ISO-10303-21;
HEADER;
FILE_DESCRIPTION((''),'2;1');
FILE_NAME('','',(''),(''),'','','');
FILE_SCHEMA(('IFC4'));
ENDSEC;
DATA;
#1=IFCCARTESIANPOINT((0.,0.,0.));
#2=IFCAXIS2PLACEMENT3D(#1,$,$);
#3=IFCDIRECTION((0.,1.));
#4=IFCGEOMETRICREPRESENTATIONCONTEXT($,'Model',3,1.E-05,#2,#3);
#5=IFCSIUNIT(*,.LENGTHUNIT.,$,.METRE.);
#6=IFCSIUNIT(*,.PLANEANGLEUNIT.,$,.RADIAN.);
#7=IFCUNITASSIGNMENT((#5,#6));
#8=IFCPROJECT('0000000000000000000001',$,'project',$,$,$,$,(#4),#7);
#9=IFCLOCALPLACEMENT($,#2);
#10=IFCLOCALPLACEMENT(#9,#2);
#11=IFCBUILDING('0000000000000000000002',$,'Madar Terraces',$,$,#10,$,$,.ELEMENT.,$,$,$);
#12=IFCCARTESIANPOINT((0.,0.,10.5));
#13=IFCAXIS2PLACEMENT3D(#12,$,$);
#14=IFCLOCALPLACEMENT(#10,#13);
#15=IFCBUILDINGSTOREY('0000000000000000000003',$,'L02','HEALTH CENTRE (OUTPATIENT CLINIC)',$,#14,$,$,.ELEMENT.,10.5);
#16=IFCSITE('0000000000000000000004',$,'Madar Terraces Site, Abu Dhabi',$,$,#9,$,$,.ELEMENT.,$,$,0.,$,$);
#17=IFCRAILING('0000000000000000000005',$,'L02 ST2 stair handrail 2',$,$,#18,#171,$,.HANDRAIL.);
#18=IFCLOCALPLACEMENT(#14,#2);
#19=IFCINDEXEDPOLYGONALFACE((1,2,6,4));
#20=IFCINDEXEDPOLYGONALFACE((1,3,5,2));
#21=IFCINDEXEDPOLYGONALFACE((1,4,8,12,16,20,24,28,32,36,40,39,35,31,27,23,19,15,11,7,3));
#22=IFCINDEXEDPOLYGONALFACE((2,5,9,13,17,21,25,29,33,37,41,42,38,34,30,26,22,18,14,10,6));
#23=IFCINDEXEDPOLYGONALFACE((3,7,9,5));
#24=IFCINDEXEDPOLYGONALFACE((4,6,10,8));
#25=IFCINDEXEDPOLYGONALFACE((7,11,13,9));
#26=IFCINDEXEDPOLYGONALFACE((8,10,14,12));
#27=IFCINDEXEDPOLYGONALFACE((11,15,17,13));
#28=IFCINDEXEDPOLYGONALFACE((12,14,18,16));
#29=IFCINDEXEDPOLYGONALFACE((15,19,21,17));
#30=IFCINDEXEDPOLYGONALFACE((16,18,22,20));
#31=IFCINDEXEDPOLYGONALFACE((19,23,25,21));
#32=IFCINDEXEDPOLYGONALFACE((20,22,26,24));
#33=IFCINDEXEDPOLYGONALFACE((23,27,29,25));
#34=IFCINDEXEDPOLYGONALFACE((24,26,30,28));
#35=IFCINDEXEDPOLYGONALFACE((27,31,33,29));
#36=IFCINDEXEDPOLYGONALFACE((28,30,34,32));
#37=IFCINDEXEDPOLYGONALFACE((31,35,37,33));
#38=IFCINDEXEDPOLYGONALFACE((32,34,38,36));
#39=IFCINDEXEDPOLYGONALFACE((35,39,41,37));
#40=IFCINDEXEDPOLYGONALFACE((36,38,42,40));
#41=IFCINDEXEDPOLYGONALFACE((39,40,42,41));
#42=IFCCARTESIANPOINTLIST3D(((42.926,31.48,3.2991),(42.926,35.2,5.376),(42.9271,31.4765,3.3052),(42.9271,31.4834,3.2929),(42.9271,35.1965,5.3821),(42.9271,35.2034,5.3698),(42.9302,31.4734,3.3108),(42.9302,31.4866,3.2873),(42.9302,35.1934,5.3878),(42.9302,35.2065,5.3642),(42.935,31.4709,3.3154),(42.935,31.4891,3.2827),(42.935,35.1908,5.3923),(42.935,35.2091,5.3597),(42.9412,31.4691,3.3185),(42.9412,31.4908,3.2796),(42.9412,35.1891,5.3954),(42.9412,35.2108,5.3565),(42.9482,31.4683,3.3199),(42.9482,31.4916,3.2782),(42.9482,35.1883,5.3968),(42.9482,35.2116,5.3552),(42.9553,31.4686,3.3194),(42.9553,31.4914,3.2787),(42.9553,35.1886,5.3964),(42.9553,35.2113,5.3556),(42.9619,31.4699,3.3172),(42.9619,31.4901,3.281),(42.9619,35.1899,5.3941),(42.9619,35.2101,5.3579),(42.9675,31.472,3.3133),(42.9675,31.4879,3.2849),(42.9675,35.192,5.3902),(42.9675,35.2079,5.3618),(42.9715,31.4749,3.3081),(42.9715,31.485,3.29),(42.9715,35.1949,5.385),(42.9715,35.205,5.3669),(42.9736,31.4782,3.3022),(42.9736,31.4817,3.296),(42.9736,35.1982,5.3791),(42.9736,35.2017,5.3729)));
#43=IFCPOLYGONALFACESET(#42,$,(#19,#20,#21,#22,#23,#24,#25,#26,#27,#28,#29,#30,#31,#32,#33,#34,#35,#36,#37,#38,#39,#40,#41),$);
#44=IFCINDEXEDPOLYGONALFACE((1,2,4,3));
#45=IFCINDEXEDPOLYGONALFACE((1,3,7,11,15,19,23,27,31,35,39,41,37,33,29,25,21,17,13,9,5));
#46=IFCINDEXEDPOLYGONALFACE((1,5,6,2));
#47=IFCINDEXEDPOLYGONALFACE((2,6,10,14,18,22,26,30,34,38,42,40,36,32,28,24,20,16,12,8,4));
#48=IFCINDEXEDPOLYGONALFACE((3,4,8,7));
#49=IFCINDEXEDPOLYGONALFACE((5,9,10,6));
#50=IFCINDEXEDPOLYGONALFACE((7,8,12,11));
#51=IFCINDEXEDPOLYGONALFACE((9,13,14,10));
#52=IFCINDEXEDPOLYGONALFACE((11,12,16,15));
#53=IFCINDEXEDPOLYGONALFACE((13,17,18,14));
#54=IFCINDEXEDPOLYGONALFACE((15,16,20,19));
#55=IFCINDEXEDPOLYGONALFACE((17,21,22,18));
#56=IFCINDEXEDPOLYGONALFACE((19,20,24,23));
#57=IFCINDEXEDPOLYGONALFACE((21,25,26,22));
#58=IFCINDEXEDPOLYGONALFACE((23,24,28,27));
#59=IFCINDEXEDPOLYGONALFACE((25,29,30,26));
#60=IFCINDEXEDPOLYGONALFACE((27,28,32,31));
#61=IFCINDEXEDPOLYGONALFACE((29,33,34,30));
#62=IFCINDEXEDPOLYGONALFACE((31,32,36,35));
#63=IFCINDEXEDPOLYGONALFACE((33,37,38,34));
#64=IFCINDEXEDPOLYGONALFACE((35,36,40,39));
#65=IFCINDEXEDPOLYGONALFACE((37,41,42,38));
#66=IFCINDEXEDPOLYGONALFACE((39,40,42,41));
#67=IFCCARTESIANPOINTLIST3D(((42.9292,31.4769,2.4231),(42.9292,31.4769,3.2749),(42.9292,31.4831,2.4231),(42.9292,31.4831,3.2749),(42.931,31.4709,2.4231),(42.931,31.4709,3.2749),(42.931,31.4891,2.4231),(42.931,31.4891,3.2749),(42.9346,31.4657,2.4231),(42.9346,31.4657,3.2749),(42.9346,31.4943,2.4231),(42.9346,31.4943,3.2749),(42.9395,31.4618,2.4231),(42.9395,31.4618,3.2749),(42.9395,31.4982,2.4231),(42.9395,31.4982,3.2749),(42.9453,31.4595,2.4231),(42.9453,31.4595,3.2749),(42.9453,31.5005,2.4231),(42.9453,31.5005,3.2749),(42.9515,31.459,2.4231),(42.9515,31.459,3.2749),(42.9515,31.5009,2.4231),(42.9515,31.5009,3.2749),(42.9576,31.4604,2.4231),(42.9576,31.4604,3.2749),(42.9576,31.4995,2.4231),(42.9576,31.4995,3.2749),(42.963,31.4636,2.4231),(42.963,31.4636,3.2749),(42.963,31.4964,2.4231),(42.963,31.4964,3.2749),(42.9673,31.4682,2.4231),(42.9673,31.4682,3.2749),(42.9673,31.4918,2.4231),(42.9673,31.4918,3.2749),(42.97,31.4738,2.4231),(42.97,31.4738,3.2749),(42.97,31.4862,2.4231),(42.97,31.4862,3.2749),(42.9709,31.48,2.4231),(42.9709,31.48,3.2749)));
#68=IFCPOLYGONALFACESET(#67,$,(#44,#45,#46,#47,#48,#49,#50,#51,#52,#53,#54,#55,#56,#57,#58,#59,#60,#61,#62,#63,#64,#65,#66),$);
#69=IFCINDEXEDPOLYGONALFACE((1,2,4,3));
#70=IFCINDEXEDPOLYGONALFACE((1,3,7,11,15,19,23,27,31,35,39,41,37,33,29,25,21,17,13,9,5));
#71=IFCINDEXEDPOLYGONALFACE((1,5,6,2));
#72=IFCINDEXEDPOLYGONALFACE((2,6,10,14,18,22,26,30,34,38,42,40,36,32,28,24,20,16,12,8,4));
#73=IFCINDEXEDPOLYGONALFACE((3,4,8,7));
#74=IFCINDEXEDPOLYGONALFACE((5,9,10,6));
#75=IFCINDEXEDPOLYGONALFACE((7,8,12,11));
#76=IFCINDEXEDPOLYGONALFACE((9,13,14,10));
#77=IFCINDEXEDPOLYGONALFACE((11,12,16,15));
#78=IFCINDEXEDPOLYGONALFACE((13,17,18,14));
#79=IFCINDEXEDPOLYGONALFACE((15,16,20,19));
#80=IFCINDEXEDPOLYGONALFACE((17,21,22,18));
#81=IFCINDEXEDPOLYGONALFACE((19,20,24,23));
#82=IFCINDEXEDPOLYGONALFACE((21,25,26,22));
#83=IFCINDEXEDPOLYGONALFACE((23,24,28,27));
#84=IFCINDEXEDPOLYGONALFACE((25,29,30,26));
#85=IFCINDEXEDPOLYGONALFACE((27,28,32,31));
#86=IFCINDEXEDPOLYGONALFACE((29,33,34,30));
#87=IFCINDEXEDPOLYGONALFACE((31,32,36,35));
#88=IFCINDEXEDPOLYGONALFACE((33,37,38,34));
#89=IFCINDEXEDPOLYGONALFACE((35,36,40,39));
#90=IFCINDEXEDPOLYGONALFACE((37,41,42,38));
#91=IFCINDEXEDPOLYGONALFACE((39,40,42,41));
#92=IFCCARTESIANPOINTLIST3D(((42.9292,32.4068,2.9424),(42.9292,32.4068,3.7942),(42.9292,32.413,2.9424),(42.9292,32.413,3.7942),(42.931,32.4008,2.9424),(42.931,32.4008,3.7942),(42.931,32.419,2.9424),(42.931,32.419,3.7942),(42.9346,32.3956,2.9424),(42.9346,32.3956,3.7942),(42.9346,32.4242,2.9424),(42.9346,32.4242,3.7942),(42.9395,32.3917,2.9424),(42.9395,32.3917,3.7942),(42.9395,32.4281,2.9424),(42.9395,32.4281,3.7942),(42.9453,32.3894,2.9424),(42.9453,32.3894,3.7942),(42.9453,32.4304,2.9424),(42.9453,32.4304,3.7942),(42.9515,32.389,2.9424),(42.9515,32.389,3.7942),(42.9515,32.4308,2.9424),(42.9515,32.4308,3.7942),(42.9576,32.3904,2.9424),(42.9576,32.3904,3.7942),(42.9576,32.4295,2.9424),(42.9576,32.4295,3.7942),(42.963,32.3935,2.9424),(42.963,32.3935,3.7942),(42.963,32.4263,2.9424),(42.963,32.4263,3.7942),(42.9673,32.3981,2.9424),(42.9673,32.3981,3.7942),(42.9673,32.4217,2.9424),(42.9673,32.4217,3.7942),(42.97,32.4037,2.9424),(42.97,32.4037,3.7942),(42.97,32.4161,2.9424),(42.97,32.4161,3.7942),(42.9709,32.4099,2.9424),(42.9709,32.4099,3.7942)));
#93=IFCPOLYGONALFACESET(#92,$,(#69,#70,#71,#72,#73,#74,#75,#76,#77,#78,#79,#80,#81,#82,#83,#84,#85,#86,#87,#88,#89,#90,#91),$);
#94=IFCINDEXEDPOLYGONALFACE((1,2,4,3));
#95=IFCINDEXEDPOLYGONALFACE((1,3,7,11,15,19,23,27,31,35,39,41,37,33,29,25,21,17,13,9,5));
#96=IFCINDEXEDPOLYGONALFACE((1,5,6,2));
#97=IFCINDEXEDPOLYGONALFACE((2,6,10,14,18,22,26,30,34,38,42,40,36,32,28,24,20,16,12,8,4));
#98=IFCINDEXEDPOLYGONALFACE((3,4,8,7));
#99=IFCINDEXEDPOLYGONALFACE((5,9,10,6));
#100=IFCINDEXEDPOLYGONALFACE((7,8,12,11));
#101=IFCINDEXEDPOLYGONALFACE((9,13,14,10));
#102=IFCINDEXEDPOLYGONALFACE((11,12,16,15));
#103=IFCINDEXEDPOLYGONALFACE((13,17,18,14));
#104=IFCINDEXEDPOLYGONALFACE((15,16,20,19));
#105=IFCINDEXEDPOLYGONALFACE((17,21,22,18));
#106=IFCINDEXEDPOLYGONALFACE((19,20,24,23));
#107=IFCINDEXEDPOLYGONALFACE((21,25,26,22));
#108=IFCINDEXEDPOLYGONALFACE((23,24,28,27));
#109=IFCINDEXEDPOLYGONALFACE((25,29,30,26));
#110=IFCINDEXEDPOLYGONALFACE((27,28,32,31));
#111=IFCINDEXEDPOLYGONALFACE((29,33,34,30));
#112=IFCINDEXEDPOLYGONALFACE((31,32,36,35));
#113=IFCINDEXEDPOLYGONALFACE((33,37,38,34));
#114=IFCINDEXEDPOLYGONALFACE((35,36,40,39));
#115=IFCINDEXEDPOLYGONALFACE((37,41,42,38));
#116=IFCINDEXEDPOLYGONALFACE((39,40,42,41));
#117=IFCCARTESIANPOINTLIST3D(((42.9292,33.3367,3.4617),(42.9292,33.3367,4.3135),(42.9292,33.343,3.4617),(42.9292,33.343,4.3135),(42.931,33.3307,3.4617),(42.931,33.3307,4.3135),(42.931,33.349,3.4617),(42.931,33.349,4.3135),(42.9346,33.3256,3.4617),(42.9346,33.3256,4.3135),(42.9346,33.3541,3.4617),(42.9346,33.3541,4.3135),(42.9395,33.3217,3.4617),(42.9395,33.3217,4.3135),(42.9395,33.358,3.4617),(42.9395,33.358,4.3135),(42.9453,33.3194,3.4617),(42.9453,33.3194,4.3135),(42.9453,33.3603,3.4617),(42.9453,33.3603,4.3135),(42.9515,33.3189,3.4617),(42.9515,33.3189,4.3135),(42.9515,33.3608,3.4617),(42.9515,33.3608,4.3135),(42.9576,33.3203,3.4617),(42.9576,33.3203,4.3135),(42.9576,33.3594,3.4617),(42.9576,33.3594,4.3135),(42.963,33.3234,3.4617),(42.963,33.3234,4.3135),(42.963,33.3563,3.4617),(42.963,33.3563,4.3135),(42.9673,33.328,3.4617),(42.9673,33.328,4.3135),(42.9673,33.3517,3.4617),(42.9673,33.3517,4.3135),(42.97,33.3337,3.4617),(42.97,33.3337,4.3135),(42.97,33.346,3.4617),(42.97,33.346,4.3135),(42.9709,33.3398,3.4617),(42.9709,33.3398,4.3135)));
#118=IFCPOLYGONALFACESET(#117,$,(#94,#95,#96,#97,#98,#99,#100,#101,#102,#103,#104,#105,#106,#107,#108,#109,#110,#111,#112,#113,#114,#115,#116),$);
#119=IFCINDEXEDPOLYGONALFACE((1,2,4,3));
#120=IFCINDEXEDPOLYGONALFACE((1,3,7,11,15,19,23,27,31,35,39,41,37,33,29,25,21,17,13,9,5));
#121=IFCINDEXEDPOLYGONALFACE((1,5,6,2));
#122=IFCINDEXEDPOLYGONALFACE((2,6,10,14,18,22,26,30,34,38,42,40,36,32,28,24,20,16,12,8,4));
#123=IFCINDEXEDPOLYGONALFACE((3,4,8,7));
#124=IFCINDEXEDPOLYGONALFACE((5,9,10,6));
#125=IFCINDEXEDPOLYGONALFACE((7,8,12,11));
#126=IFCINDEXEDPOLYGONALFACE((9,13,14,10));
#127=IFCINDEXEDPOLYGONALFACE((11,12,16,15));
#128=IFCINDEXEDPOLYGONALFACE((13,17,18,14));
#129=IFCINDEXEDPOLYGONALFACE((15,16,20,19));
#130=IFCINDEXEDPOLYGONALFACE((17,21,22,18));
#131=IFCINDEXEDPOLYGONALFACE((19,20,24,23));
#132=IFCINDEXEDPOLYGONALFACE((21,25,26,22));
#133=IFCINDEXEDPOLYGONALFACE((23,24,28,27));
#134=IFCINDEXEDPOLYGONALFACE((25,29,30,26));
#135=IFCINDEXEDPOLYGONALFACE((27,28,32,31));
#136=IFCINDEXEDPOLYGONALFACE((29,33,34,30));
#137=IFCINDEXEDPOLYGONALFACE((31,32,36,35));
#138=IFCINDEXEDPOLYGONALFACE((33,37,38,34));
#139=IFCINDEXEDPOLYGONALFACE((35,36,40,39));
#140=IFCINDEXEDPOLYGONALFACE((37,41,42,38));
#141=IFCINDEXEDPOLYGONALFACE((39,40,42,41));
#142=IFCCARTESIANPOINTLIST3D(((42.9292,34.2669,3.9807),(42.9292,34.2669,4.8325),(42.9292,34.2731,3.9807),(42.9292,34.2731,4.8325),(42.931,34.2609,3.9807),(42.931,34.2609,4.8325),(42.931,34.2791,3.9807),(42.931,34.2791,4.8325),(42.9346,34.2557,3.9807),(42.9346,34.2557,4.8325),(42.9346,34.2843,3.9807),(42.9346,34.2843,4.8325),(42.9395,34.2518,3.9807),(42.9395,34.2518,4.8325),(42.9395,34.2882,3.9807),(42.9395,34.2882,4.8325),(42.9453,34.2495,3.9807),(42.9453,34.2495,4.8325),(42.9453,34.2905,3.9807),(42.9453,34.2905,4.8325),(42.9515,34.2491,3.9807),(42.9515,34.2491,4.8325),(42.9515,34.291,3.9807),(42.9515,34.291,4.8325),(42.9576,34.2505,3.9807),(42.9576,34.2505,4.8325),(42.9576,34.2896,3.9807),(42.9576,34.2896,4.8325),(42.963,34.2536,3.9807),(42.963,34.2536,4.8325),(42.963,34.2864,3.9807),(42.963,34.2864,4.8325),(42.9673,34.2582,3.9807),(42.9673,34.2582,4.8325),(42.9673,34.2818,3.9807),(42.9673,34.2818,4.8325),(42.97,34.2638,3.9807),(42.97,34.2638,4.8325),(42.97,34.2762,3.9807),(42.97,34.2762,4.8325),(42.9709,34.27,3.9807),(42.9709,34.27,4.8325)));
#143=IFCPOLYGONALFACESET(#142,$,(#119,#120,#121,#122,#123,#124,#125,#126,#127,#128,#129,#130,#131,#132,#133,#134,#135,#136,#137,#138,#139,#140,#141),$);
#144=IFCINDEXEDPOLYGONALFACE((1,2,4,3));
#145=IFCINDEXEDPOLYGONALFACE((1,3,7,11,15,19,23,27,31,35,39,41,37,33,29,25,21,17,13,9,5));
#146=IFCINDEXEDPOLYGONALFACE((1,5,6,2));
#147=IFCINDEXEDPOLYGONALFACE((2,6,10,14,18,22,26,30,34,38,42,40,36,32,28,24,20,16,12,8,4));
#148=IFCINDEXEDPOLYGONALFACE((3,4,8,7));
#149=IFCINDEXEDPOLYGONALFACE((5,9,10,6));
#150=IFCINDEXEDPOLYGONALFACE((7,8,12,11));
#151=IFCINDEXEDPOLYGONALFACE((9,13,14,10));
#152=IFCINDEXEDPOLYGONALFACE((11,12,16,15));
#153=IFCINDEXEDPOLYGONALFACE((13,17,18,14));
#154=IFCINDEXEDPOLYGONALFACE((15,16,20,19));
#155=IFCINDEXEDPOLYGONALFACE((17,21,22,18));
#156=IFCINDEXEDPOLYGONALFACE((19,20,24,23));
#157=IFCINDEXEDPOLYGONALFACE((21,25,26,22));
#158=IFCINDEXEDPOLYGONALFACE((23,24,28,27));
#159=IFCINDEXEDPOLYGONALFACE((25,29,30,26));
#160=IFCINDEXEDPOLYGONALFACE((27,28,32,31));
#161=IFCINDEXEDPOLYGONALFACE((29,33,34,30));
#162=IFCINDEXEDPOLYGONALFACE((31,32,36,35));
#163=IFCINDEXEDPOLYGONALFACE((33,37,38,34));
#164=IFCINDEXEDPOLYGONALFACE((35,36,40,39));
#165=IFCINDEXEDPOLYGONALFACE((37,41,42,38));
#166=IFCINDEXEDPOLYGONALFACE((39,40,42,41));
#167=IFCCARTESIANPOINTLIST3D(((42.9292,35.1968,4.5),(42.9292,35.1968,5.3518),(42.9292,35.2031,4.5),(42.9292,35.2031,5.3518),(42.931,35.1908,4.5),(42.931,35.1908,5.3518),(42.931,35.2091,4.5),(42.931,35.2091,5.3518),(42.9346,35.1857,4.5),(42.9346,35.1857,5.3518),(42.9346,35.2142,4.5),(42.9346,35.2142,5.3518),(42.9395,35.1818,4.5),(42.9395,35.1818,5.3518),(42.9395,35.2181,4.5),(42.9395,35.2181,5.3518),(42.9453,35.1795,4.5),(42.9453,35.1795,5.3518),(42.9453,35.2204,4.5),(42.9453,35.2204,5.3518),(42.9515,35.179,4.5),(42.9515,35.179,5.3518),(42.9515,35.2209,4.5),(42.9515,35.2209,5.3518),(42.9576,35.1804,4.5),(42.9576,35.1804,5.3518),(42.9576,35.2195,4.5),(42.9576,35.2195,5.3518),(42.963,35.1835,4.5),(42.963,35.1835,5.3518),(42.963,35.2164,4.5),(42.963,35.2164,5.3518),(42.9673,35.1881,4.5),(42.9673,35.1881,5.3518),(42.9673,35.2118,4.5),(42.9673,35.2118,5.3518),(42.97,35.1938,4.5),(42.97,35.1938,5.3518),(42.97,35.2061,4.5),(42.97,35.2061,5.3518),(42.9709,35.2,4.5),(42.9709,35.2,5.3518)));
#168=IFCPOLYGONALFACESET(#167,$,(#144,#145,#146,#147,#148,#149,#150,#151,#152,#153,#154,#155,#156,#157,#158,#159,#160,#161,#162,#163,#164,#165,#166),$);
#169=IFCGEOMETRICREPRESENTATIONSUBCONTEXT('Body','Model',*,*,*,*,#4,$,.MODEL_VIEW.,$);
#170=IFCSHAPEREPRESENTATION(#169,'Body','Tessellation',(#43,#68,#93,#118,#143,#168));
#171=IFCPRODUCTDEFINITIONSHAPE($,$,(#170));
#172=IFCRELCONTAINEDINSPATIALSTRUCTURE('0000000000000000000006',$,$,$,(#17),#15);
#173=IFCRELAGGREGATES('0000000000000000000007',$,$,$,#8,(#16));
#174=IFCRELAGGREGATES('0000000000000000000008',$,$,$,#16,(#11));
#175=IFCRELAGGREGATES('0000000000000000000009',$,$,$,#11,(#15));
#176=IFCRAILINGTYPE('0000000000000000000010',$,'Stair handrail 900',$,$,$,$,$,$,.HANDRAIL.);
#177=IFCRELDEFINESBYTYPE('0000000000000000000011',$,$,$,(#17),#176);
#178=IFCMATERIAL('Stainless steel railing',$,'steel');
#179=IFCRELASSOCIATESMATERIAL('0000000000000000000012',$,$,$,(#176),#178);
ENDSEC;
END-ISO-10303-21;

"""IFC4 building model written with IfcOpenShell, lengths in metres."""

from ifc_helpers import new_model, si_unit, direction, frame, origin, origin_2d, place, context, subcontext, project, spatial, circle, extrude, material, type_object, element, save


model = new_model("IFC4")

# Units and contexts
model_context = context("Model", 3, precision=1e-05, world=origin(), true_north=direction((0.0, 1.0)))
body_context = subcontext(model_context, "Body", "Model", "MODEL_VIEW")
ifc_project = project(units=[si_unit("LENGTHUNIT", "METRE"), si_unit("PLANEANGLEUNIT", "RADIAN")], contexts=[model_context])

# Site, building, storey
site_placement = place(None, origin())
site = spatial("IfcSite", under=ifc_project, at=site_placement, Name="Madar Terraces Site, Abu Dhabi", CompositionType="ELEMENT", RefElevation=0.0)
building_placement = place(site_placement, origin())
building = spatial("IfcBuilding", under=site, at=building_placement, Name="Madar Terraces", CompositionType="ELEMENT")
storey_placement = place(building_placement, frame((0.0, 0.0, 10.5)))
storey = spatial("IfcBuildingStorey", under=building, at=storey_placement, Name="L02", Description="HEALTH CENTRE (OUTPATIENT CLINIC)", CompositionType="ELEMENT", Elevation=10.5)

# Railing
ifc_material_1 = material(Name="Stainless steel railing", Category="steel")
railing_type_1 = type_object("IfcRailingType", Name="Stair handrail 900", PredefinedType="HANDRAIL", material=ifc_material_1)
for number, where, name in (
    (1, (42.95, 31.48, 2.4231), "L02 ST2 stair handrail 2"),
):
    element("IfcRailing", number, at=place(storey_placement, frame(where)), inside=storey, type_object=railing_type_1, Name=name, PredefinedType="HANDRAIL", context=body_context, shape_type="SweptSolid", body=[
        extrude(circle(Radius=0.0239, at=origin_2d()), frame((0.0, 0.0, 0.876), z_axis=(0.0, 0.873134, 0.487481), x_axis=(-1.0, 0.0, 0.0)), (0.0, 0.0, 1.0), 4.2605),
        extrude(circle(Radius=0.021, at=origin_2d()), origin(), (0.0, 0.0, 1.0), 0.8518),
        extrude(circle(Radius=0.021, at=origin_2d()), frame((0.0, 0.9299, 0.5193)), (0.0, 0.0, 1.0), 0.8518),
        extrude(circle(Radius=0.021, at=origin_2d()), frame((0.0, 1.8599, 1.0386)), (0.0, 0.0, 1.0), 0.8518),
        extrude(circle(Radius=0.021, at=origin_2d()), frame((0.0, 2.79, 1.5576)), (0.0, 0.0, 1.0), 0.8518),
        extrude(circle(Radius=0.021, at=origin_2d()), frame((0.0, 3.72, 2.0769)), (0.0, 0.0, 1.0), 0.8518),
    ])

save(model, "model.ifc")
